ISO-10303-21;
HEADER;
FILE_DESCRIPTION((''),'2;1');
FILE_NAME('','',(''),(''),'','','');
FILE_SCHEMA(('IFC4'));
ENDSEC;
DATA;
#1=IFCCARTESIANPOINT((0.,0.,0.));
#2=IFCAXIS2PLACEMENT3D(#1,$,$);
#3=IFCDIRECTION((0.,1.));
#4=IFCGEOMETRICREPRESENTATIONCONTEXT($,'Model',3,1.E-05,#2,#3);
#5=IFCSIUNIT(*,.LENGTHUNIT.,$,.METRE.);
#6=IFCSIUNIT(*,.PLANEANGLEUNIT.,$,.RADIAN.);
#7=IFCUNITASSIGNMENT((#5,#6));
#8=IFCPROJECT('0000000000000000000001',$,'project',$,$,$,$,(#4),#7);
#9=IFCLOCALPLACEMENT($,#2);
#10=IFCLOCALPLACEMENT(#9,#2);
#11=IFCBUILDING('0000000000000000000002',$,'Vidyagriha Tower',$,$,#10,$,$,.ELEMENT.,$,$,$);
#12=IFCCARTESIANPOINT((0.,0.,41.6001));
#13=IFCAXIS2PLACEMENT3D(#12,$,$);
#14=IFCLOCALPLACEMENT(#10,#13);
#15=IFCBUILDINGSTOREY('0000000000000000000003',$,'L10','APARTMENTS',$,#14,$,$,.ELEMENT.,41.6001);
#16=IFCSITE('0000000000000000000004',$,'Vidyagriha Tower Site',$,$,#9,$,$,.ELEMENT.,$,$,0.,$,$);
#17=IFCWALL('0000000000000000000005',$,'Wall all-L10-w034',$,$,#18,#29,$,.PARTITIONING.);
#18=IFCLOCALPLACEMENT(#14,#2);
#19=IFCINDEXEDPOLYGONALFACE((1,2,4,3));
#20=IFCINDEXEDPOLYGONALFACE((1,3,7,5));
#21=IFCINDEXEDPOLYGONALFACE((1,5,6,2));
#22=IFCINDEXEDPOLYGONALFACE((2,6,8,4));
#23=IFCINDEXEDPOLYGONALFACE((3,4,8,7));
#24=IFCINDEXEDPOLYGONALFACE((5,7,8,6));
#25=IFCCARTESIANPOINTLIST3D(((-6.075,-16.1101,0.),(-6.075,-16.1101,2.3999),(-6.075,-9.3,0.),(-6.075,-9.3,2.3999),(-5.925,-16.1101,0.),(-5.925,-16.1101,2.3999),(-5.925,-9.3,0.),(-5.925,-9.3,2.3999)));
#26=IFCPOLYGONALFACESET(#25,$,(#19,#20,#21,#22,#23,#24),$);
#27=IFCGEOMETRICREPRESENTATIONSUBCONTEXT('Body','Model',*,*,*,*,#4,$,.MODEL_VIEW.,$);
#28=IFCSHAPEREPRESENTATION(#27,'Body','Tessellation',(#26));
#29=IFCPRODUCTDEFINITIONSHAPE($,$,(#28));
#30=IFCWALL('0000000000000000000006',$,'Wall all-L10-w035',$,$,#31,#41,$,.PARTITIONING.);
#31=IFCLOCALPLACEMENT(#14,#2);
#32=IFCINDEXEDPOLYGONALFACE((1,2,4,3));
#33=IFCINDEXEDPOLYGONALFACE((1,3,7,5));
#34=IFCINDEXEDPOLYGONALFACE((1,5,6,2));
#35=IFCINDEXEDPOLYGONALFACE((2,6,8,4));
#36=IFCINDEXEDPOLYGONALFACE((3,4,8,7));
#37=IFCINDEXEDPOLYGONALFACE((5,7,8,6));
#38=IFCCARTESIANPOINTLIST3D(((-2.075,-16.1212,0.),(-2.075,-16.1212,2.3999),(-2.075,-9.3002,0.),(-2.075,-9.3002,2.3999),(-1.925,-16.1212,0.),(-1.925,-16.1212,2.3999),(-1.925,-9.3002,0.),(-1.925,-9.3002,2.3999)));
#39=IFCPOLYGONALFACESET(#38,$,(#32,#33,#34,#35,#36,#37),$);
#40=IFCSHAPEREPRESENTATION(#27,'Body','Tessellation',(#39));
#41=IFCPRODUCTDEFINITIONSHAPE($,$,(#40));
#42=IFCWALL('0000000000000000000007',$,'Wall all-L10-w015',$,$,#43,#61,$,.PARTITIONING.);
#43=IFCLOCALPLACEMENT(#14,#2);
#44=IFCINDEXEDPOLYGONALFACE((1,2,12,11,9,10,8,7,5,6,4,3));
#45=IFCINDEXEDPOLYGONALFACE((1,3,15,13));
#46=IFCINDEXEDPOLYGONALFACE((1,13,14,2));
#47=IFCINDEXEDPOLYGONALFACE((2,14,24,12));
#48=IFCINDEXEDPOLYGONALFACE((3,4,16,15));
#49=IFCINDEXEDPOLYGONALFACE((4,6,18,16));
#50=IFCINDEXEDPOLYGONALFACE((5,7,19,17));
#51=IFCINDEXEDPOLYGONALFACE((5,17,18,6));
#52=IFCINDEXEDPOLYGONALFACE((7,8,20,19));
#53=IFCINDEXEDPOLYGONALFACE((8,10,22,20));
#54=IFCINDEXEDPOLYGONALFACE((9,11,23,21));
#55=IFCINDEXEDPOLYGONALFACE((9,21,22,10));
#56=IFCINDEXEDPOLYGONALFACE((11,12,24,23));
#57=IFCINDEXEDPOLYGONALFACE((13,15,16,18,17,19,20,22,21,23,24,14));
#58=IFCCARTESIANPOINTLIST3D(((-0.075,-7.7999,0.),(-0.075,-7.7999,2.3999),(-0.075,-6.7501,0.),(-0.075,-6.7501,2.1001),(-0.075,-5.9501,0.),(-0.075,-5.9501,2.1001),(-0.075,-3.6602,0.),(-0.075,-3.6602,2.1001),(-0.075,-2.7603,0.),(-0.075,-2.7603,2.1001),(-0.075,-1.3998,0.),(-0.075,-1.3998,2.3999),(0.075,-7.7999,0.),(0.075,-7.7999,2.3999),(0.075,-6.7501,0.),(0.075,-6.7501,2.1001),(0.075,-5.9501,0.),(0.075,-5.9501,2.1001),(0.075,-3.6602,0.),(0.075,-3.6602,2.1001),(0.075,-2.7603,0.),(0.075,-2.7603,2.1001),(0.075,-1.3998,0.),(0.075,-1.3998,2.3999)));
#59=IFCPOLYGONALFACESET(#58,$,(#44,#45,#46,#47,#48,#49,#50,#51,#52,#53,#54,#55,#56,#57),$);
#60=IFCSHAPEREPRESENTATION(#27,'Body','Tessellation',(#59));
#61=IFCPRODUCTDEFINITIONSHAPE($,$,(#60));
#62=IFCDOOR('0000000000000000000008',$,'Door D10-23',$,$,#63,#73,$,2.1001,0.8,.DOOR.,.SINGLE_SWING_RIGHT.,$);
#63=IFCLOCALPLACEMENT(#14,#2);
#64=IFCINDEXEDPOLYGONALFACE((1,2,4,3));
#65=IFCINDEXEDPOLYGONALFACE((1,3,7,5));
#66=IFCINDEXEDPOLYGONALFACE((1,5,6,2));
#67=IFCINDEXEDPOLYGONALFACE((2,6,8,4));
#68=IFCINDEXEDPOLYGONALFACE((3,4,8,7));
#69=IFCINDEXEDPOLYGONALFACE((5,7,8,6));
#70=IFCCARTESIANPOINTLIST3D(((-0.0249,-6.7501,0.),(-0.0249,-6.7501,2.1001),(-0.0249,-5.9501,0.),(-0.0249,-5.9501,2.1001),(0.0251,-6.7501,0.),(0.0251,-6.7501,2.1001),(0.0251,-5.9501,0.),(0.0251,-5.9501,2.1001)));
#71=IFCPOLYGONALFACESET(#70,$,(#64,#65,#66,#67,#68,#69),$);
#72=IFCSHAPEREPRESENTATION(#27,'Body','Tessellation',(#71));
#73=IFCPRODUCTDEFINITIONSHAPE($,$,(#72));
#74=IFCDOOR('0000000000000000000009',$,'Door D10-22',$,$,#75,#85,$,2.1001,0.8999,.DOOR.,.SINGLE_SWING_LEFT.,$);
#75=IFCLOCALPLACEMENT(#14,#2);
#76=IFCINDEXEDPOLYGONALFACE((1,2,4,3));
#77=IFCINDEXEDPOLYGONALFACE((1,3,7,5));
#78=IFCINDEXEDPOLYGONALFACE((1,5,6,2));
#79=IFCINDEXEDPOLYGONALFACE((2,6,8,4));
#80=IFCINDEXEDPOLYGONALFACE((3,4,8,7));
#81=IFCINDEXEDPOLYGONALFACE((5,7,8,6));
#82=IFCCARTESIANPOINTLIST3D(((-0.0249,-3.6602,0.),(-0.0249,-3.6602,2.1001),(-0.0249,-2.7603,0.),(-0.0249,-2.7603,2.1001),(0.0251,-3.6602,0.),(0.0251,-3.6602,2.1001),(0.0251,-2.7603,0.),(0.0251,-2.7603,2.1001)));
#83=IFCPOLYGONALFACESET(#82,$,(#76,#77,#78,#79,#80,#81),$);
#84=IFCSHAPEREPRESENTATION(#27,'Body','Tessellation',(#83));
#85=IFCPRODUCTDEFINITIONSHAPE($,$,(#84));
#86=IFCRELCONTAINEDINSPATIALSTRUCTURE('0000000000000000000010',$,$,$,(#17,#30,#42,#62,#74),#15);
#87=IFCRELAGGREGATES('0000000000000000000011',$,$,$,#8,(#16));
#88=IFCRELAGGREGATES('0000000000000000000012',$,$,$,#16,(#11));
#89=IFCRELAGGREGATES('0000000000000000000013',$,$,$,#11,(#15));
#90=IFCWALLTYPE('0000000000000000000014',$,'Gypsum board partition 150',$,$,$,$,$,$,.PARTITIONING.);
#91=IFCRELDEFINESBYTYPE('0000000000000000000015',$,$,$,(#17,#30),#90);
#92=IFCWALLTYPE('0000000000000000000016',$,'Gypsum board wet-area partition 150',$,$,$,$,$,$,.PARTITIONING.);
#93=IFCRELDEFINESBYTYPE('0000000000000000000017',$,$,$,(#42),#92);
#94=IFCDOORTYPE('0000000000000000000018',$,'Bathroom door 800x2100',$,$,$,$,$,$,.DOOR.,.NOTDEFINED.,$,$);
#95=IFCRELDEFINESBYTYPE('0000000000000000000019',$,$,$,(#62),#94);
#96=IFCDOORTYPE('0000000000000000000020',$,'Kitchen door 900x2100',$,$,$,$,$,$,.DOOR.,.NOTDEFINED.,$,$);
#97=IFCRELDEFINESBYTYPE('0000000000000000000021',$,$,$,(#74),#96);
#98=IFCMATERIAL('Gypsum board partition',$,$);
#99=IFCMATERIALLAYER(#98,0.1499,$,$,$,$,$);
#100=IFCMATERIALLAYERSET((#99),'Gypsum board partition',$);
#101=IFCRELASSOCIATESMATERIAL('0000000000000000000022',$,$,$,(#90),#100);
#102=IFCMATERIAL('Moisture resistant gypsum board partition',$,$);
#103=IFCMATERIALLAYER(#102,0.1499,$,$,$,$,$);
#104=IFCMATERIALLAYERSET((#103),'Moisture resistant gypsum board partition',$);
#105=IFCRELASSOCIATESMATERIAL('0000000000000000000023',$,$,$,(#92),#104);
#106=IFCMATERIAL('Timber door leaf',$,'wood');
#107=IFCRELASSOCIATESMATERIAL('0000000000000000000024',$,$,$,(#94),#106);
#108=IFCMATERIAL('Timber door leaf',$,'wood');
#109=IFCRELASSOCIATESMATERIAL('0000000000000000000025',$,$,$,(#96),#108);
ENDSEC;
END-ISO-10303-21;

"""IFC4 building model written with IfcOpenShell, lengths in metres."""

from ifc_helpers import new_model, si_unit, direction, frame, frame_2d, origin, place, context, subcontext, project, spatial, rectangle, extrude, material, layer, layer_set, type_object, element, fill, save


model = new_model("IFC4")

# Units and contexts
model_context = context("Model", 3, precision=1e-05, world=origin(), true_north=direction((0.0, 1.0)))
body_context = subcontext(model_context, "Body", "Model", "MODEL_VIEW")
ifc_project = project(units=[si_unit("LENGTHUNIT", "METRE"), si_unit("PLANEANGLEUNIT", "RADIAN")], contexts=[model_context])

# Site, building, storey
site_placement = place(None, origin())
site = spatial("IfcSite", under=ifc_project, at=site_placement, Name="Vidyagriha Tower Site", CompositionType="ELEMENT", RefElevation=0.0)
building_placement = place(site_placement, origin())
building = spatial("IfcBuilding", under=site, at=building_placement, Name="Vidyagriha Tower", CompositionType="ELEMENT")
storey_placement = place(building_placement, frame((0.0, 0.0, 41.6001)))
storey = spatial("IfcBuildingStorey", under=building, at=storey_placement, Name="L10", Description="APARTMENTS", CompositionType="ELEMENT", Elevation=41.6001)

# Walls
ifc_material_1 = material(Name="Gypsum board partition")
ifc_layer_1 = layer(ifc_material_1, 0.1499)
ifc_layer_set_1 = layer_set([ifc_layer_1], Name="Gypsum board partition")
wall_type_1 = type_object("IfcWallType", Name="Gypsum board partition 150", PredefinedType="PARTITIONING", material=ifc_layer_set_1)
wall_1_placement = place(storey_placement, frame((-6.0, -9.3, 0.0), z_axis=(0.0, 0.0, 1.0), x_axis=(0.0, -1.0, 0.0)))
element("IfcWall", 1, at=wall_1_placement, inside=storey, type_object=wall_type_1, Name="Wall all-L10-w034", PredefinedType="PARTITIONING", context=body_context, shape_type="SweptSolid", body=[
    extrude(rectangle(XDim=6.8101, YDim=0.1499, at=frame_2d((3.405, 0.0))), origin(), (0.0, 0.0, 1.0), 2.3999),
])
wall_2_placement = place(storey_placement, frame((-2.0, -9.3, 0.0), z_axis=(0.0, 0.0, 1.0), x_axis=(0.0, -1.0, 0.0)))
element("IfcWall", 2, at=wall_2_placement, inside=storey, type_object=wall_type_1, Name="Wall all-L10-w035", PredefinedType="PARTITIONING", context=body_context, shape_type="SweptSolid", body=[
    extrude(rectangle(XDim=6.821, YDim=0.1499, at=frame_2d((3.4106, 0.0))), origin(), (0.0, 0.0, 1.0), 2.3999),
])

# Wall, openings, doors
ifc_material_2 = material(Name="Moisture resistant gypsum board partition")
ifc_layer_2 = layer(ifc_material_2, 0.1499)
ifc_layer_set_2 = layer_set([ifc_layer_2], Name="Moisture resistant gypsum board partition")
wall_type_2 = type_object("IfcWallType", Name="Gypsum board wet-area partition 150", PredefinedType="PARTITIONING", material=ifc_layer_set_2)
wall_3_placement = place(storey_placement, frame((0.0, -7.8, 0.0), z_axis=(0.0, 0.0, 1.0), x_axis=(0.0, 1.0, 0.0)))
wall_3 = element("IfcWall", 3, at=wall_3_placement, inside=storey, type_object=wall_type_2, Name="Wall all-L10-w015", PredefinedType="PARTITIONING", context=body_context, shape_type="SweptSolid", body=[
    extrude(rectangle(XDim=6.4001, YDim=0.1499, at=frame_2d((3.2002, 0.0))), origin(), (0.0, 0.0, 1.0), 2.3999),
])
opening_1_placement = place(wall_3_placement, frame((4.1399, 0.0, 0.0)))
opening_1 = element("IfcOpeningElement", 4, at=opening_1_placement, cuts=wall_3, PredefinedType="OPENING", context=body_context, shape_type="SweptSolid", body=[
    extrude(rectangle(XDim=0.8999, YDim=2.1001, at=frame_2d((0.45, 1.05))), frame((0.0, 0.085, 0.0), z_axis=(0.0, -1.0, 0.0), x_axis=(1.0, 0.0, 0.0)), (0.0, 0.0, 1.0), 0.1699),
])
opening_2_placement = place(wall_3_placement, frame((1.05, 0.0, 0.0)))
opening_2 = element("IfcOpeningElement", 5, at=opening_2_placement, cuts=wall_3, PredefinedType="OPENING", context=body_context, shape_type="SweptSolid", body=[
    extrude(rectangle(XDim=0.8, YDim=2.1001, at=frame_2d((0.3999, 1.05))), frame((0.0, 0.085, 0.0), z_axis=(0.0, -1.0, 0.0), x_axis=(1.0, 0.0, 0.0)), (0.0, 0.0, 1.0), 0.1699),
])
ifc_material_3 = material(Name="Timber door leaf", Category="wood")
door_type_1 = type_object("IfcDoorType", Name="Bathroom door 800x2100", OperationType="NOTDEFINED", PredefinedType="DOOR", material=ifc_material_3)
door_1_placement = place(opening_2_placement, origin())
door_1 = element("IfcDoor", 6, at=door_1_placement, inside=storey, type_object=door_type_1, Name="Door D10-23", OperationType="SINGLE_SWING_RIGHT", OverallHeight=2.1001, OverallWidth=0.8, PredefinedType="DOOR", context=body_context, shape_type="SweptSolid", body=[
    extrude(rectangle(XDim=0.8, YDim=2.1001, at=frame_2d((0.3999, 1.05))), frame((0.0, 0.0249, 0.0), z_axis=(0.0, -1.0, 0.0), x_axis=(1.0, 0.0, 0.0)), (0.0, 0.0, 1.0), 0.05),
])
fill(opening_2, door_1)
ifc_material_4 = material(Name="Timber door leaf", Category="wood")
door_type_2 = type_object("IfcDoorType", Name="Kitchen door 900x2100", OperationType="NOTDEFINED", PredefinedType="DOOR", material=ifc_material_4)
door_2_placement = place(opening_1_placement, origin())
door_2 = element("IfcDoor", 7, at=door_2_placement, inside=storey, type_object=door_type_2, Name="Door D10-22", OperationType="SINGLE_SWING_LEFT", OverallHeight=2.1001, OverallWidth=0.8999, PredefinedType="DOOR", context=body_context, shape_type="SweptSolid", body=[
    extrude(rectangle(XDim=0.8999, YDim=2.1001, at=frame_2d((0.45, 1.05))), frame((0.0, 0.0249, 0.0), z_axis=(0.0, -1.0, 0.0), x_axis=(1.0, 0.0, 0.0)), (0.0, 0.0, 1.0), 0.05),
])
fill(opening_1, door_2)

save(model, "model.ifc")
